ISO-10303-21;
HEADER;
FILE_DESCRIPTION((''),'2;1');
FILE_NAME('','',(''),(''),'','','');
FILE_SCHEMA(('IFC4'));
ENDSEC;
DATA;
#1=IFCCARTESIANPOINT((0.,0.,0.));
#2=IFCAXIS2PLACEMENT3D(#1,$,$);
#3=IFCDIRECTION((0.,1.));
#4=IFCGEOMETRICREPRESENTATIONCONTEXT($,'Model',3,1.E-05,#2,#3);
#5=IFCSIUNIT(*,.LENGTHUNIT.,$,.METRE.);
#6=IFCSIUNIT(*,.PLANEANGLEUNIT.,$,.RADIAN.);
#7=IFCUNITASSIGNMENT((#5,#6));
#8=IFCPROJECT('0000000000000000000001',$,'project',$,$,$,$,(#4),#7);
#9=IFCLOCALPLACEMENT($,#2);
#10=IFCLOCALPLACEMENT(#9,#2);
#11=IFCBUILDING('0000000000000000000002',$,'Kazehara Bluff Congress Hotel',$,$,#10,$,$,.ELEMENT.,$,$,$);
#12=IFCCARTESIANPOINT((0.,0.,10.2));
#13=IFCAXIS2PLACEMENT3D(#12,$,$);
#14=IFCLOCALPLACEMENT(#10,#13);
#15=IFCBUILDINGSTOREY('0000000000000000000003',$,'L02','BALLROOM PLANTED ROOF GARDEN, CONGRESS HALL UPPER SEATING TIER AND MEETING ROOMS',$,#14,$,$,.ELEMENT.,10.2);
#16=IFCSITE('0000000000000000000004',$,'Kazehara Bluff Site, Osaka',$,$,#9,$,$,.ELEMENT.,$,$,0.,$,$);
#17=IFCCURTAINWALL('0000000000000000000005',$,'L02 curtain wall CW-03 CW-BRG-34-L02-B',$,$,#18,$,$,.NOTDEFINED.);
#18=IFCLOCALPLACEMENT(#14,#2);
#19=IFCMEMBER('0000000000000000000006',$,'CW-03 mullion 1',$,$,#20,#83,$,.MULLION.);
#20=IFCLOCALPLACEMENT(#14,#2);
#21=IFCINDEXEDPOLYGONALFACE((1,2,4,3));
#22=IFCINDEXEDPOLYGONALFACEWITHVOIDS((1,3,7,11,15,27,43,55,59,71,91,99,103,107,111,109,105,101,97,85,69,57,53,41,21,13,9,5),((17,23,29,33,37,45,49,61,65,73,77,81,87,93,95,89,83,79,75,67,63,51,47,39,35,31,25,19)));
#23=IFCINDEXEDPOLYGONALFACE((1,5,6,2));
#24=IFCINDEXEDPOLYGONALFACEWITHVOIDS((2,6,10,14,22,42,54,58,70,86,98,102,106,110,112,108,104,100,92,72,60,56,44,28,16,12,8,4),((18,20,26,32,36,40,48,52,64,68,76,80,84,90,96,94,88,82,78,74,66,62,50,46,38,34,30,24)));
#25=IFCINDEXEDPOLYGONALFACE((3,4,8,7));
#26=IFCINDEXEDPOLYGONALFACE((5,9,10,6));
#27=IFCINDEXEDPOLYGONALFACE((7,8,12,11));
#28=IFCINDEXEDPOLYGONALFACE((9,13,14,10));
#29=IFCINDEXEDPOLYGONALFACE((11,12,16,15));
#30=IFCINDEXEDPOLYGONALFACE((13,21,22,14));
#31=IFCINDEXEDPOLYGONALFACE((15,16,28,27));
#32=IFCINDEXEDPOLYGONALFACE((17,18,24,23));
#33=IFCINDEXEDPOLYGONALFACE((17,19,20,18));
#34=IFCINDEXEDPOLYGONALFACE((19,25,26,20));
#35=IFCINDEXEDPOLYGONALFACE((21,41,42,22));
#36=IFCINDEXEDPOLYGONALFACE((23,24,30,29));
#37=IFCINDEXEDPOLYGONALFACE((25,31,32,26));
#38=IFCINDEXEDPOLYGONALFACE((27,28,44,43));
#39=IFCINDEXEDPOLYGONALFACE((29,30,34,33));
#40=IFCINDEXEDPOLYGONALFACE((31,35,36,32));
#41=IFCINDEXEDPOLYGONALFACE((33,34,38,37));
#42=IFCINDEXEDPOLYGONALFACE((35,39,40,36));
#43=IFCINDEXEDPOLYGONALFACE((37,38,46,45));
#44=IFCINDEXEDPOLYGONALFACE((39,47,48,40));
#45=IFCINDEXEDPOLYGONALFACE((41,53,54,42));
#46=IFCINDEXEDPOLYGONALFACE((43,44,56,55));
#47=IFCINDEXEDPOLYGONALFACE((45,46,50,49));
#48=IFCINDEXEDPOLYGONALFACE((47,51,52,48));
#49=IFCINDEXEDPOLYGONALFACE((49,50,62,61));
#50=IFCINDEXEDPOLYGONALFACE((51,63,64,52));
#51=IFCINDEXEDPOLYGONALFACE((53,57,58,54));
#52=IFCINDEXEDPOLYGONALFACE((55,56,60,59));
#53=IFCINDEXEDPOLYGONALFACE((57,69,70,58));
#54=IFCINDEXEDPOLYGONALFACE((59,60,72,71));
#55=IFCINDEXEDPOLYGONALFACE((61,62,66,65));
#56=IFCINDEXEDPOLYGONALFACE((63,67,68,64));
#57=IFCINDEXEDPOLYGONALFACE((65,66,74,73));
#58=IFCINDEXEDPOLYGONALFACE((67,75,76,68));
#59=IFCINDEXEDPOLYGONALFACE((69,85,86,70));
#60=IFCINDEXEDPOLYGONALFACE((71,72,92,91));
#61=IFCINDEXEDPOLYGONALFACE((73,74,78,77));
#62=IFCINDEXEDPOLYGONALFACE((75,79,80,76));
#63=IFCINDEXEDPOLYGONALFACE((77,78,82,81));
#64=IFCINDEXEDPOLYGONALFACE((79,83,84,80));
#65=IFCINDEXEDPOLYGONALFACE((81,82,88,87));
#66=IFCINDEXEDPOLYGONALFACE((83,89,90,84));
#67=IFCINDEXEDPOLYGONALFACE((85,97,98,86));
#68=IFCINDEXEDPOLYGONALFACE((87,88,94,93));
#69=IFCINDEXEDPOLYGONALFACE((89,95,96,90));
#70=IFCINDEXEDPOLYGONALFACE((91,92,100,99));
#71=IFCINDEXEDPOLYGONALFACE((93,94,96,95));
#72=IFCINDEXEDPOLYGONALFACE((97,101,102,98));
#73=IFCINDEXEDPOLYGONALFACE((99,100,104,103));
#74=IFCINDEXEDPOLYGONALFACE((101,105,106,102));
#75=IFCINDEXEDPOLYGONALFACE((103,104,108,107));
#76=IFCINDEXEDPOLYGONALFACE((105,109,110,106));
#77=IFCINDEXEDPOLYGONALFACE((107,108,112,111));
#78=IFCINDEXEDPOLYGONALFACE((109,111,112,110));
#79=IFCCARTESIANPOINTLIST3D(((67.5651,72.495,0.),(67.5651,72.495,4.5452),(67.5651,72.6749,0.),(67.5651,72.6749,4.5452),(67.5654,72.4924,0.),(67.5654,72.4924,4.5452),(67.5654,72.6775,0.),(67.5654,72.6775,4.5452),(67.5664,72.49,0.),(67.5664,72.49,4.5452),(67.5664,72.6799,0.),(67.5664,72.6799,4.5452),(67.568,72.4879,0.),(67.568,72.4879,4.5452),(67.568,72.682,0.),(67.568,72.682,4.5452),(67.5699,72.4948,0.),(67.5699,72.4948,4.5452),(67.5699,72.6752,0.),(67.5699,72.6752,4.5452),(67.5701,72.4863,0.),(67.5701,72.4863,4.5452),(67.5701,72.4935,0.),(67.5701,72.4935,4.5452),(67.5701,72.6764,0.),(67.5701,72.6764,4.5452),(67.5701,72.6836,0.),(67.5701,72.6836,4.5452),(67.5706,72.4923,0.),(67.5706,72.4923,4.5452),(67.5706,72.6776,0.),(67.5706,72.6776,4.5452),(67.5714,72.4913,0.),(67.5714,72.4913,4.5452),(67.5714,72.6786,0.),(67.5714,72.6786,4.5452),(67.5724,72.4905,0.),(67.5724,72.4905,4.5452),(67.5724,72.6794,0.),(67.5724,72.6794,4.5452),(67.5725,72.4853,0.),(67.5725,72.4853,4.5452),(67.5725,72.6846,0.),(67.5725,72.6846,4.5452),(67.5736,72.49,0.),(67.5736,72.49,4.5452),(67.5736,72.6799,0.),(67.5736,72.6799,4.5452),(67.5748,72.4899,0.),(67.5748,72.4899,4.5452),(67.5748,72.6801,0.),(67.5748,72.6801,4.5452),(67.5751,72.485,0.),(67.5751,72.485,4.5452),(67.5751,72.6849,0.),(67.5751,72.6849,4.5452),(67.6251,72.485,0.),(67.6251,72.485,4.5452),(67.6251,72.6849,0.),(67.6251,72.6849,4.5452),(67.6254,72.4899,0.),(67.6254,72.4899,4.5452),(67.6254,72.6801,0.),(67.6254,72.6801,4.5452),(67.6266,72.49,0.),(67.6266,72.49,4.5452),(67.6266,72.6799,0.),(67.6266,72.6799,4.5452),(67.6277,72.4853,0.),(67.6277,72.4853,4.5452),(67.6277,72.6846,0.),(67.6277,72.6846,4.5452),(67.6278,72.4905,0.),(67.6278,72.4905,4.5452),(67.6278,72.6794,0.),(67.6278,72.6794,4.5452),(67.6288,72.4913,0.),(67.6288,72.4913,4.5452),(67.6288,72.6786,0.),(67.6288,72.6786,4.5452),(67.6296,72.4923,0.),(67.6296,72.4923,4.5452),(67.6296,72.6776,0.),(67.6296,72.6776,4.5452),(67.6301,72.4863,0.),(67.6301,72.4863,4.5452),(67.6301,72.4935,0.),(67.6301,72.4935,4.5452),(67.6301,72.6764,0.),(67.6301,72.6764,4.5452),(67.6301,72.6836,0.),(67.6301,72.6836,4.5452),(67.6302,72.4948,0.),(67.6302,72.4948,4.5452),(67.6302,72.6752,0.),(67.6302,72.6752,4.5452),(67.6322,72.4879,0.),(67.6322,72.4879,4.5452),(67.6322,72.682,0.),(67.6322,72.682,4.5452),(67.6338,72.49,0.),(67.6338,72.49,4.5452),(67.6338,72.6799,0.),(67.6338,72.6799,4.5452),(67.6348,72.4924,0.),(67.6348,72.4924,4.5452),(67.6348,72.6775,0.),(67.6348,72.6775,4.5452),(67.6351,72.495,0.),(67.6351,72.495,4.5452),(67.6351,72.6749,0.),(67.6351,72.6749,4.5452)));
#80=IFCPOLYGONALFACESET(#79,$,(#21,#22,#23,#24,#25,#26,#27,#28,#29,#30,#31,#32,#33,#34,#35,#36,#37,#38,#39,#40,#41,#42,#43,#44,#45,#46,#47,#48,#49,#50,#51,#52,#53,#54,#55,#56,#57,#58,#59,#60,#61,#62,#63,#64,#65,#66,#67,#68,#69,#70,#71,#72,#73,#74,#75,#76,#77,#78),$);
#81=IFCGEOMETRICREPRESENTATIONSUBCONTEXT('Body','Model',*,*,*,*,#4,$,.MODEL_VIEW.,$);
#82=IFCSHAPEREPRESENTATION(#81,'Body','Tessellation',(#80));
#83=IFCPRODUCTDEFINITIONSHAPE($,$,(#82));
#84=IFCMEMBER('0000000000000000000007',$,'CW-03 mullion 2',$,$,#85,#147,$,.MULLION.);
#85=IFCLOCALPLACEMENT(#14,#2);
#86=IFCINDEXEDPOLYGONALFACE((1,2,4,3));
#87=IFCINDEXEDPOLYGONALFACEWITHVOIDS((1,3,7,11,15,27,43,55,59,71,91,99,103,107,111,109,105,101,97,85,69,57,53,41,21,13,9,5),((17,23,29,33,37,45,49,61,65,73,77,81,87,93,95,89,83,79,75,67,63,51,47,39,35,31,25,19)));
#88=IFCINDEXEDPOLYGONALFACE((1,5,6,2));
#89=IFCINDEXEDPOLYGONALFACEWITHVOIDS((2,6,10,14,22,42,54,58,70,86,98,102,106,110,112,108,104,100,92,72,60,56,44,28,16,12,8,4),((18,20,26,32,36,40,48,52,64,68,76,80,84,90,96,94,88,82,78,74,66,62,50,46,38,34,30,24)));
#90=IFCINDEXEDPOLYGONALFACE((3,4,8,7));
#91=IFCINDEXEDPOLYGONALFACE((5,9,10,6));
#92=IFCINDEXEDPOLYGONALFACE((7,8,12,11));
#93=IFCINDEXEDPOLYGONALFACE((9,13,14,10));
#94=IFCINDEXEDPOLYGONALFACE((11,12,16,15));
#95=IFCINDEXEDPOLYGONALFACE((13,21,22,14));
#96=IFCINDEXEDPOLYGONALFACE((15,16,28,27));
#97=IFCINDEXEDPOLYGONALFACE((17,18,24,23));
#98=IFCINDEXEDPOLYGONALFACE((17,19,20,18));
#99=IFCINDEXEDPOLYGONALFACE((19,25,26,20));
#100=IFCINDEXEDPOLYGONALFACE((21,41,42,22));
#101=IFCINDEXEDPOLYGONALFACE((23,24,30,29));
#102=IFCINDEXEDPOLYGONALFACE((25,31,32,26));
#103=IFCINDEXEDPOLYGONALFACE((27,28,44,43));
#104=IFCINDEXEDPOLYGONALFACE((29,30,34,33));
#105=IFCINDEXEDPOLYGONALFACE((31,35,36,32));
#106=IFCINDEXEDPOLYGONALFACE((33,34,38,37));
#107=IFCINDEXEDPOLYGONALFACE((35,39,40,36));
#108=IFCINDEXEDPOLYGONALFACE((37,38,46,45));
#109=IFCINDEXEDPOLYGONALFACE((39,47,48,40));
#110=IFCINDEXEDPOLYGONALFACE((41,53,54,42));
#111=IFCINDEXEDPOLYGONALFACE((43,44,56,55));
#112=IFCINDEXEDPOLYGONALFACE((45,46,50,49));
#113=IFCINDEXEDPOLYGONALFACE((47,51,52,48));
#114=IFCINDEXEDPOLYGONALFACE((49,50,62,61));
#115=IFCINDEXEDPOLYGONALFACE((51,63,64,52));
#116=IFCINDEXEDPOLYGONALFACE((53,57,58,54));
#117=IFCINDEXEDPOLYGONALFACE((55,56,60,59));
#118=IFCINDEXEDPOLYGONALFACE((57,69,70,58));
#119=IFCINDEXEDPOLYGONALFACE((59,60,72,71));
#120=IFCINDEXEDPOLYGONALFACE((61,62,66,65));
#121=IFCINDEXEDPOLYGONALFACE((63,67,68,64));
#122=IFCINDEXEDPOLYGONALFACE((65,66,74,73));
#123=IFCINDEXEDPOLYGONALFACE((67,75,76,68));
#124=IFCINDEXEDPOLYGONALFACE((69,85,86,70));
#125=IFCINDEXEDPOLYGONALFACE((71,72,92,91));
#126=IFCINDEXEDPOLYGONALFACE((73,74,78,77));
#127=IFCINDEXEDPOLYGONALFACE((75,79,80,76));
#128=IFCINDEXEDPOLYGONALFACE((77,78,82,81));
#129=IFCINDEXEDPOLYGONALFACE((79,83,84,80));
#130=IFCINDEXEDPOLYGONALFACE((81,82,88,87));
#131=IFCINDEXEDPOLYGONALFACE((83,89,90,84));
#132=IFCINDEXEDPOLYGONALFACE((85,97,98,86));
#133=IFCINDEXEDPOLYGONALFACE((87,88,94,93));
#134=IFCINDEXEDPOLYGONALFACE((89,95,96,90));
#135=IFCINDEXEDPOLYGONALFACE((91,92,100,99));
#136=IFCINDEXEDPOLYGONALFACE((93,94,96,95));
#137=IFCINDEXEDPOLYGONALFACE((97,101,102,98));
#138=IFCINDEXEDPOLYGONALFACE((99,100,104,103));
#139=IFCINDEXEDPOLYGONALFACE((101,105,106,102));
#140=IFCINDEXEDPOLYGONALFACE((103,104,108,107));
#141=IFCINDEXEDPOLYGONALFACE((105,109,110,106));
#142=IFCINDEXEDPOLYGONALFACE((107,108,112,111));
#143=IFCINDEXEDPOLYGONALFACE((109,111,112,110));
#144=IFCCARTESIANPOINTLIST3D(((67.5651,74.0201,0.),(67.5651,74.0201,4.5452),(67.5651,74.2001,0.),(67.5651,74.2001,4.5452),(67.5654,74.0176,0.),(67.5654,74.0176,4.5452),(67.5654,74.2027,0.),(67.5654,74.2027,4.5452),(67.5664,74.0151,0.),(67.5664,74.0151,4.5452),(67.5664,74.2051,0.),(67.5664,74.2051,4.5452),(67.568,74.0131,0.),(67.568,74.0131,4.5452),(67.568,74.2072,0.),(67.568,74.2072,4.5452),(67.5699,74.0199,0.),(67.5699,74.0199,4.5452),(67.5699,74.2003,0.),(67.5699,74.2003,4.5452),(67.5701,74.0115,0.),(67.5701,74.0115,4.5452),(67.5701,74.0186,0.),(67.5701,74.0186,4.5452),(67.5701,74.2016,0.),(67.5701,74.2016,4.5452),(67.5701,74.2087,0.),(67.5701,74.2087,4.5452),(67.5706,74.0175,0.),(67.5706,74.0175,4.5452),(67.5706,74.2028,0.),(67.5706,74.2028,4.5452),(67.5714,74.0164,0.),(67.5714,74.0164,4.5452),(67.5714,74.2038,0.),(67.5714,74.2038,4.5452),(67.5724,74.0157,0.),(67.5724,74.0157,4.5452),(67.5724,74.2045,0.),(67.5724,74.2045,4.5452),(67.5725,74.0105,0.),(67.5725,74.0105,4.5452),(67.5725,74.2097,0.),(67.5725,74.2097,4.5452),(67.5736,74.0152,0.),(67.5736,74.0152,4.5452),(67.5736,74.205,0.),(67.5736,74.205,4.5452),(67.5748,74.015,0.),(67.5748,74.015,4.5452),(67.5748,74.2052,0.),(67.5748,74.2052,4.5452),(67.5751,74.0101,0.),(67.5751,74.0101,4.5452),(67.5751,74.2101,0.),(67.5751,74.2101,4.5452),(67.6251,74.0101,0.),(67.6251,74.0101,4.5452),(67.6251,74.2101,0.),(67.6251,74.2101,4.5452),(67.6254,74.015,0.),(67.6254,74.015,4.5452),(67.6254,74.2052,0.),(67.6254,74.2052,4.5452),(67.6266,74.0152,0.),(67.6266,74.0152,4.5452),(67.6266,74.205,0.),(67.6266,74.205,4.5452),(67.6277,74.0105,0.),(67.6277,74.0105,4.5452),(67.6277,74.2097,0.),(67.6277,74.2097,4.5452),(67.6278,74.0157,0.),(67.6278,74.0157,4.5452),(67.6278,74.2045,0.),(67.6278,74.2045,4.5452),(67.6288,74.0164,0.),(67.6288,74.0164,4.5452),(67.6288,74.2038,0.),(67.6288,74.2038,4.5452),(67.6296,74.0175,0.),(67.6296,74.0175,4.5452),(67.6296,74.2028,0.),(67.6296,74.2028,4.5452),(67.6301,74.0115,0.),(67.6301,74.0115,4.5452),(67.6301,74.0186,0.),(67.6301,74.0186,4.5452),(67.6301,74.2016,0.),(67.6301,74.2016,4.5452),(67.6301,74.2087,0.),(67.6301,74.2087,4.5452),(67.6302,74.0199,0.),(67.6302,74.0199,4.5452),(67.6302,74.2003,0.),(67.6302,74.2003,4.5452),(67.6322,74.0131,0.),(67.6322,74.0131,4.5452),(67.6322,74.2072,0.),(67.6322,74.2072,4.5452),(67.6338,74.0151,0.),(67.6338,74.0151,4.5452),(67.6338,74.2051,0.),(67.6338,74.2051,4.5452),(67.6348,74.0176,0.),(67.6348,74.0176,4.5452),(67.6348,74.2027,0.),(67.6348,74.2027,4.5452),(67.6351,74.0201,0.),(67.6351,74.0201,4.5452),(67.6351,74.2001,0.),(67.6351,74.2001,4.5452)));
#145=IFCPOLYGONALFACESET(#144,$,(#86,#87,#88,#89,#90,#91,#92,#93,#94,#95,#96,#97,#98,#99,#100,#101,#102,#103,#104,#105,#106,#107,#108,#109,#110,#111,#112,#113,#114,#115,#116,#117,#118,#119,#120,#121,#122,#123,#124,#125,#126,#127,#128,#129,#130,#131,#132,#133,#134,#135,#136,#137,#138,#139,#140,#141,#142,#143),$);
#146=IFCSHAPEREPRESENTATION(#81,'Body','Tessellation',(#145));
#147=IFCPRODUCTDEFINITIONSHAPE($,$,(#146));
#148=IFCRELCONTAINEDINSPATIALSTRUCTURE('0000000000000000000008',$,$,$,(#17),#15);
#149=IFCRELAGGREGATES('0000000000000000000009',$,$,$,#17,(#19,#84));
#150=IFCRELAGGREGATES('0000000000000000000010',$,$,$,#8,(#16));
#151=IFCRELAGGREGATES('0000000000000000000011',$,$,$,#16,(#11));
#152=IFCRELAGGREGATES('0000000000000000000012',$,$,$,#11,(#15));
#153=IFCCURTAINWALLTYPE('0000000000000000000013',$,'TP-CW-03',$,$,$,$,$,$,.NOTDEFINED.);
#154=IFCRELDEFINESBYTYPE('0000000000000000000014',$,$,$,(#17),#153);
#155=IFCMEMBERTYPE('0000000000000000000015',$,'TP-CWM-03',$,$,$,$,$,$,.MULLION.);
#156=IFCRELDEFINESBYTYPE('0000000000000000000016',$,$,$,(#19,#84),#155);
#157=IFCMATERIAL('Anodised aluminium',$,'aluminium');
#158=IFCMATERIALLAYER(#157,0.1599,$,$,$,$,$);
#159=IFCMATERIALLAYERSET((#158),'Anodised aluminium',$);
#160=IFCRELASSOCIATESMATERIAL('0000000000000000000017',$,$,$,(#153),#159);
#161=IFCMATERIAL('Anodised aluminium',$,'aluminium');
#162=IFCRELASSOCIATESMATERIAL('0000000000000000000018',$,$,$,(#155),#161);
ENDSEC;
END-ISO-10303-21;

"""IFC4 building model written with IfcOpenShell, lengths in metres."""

from ifc_helpers import new_model, si_unit, direction, frame, origin, origin_2d, place, context, subcontext, project, spatial, hollow_rectangle, extrude, material, layer, layer_set, material_profile, profile_set, type_object, element, aggregate, save


model = new_model("IFC4")

# Units and contexts
model_context = context("Model", 3, precision=1e-05, world=origin(), true_north=direction((0.0, 1.0)))
body_context = subcontext(model_context, "Body", "Model", "MODEL_VIEW")
ifc_project = project(units=[si_unit("LENGTHUNIT", "METRE"), si_unit("PLANEANGLEUNIT", "RADIAN")], contexts=[model_context])

# Site, building, storey
site_placement = place(None, origin())
site = spatial("IfcSite", under=ifc_project, at=site_placement, Name="Kazehara Bluff Site, Osaka", CompositionType="ELEMENT", RefElevation=0.0)
building_placement = place(site_placement, origin())
building = spatial("IfcBuilding", under=site, at=building_placement, Name="Kazehara Bluff Congress Hotel", CompositionType="ELEMENT")
storey_placement = place(building_placement, frame((0.0, 0.0, 10.2)))
storey = spatial("IfcBuildingStorey", under=building, at=storey_placement, Name="L02", Description="BALLROOM PLANTED ROOF GARDEN, CONGRESS HALL UPPER SEATING TIER AND MEETING ROOMS", CompositionType="ELEMENT", Elevation=10.2)

# Curtain wall, members
ifc_material_1 = material(Name="Anodised aluminium", Category="aluminium")
ifc_layer_1 = layer(ifc_material_1, 0.1599)
ifc_layer_set_1 = layer_set([ifc_layer_1], Name="Anodised aluminium")
curtain_wall_type_1 = type_object("IfcCurtainWallType", Name="TP-CW-03", PredefinedType="NOTDEFINED", material=ifc_layer_set_1)
curtain_wall_1_placement = place(storey_placement, origin())
curtain_wall_1 = element("IfcCurtainWall", 1, at=curtain_wall_1_placement, inside=storey, type_object=curtain_wall_type_1, Name="L02 curtain wall CW-03 CW-BRG-34-L02-B", PredefinedType="NOTDEFINED")
ifc_material_2 = material(Name="Anodised aluminium", Category="aluminium")
ifc_material_profile_1 = material_profile(ifc_material_2, hollow_rectangle(XDim=0.0701, YDim=0.2, WallThickness=0.0049, InnerFilletRadius=0.0049, OuterFilletRadius=0.01, at=origin_2d()))
ifc_profile_set_1 = profile_set([ifc_material_profile_1], Name="Anodised aluminium")
member_type_1 = type_object("IfcMemberType", Name="TP-CWM-03", PredefinedType="MULLION", material=ifc_profile_set_1)
member_1_placement = place(storey_placement, frame((67.6001, 72.585, 0.0), z_axis=(0.0, 0.0, 1.0), x_axis=(-1.0, 0.0, 0.0)))
member_1 = element("IfcMember", 2, at=member_1_placement, type_object=member_type_1, Name="CW-03 mullion 1", PredefinedType="MULLION", context=body_context, shape_type="SweptSolid", body=[
    extrude(hollow_rectangle(XDim=0.0701, YDim=0.2, WallThickness=0.0049, InnerFilletRadius=0.0049, OuterFilletRadius=0.01, at=origin_2d()), origin(), (0.0, 0.0, 1.0), 4.5452),
])
member_2_placement = place(storey_placement, frame((67.6001, 74.1101, 0.0), z_axis=(0.0, 0.0, 1.0), x_axis=(-1.0, 0.0, 0.0)))
member_2 = element("IfcMember", 3, at=member_2_placement, type_object=member_type_1, Name="CW-03 mullion 2", PredefinedType="MULLION", context=body_context, shape_type="SweptSolid", body=[
    extrude(hollow_rectangle(XDim=0.0701, YDim=0.2, WallThickness=0.0049, InnerFilletRadius=0.0049, OuterFilletRadius=0.01, at=origin_2d()), origin(), (0.0, 0.0, 1.0), 4.5452),
])

aggregate(curtain_wall_1, [member_1, member_2])

save(model, "model.ifc")
